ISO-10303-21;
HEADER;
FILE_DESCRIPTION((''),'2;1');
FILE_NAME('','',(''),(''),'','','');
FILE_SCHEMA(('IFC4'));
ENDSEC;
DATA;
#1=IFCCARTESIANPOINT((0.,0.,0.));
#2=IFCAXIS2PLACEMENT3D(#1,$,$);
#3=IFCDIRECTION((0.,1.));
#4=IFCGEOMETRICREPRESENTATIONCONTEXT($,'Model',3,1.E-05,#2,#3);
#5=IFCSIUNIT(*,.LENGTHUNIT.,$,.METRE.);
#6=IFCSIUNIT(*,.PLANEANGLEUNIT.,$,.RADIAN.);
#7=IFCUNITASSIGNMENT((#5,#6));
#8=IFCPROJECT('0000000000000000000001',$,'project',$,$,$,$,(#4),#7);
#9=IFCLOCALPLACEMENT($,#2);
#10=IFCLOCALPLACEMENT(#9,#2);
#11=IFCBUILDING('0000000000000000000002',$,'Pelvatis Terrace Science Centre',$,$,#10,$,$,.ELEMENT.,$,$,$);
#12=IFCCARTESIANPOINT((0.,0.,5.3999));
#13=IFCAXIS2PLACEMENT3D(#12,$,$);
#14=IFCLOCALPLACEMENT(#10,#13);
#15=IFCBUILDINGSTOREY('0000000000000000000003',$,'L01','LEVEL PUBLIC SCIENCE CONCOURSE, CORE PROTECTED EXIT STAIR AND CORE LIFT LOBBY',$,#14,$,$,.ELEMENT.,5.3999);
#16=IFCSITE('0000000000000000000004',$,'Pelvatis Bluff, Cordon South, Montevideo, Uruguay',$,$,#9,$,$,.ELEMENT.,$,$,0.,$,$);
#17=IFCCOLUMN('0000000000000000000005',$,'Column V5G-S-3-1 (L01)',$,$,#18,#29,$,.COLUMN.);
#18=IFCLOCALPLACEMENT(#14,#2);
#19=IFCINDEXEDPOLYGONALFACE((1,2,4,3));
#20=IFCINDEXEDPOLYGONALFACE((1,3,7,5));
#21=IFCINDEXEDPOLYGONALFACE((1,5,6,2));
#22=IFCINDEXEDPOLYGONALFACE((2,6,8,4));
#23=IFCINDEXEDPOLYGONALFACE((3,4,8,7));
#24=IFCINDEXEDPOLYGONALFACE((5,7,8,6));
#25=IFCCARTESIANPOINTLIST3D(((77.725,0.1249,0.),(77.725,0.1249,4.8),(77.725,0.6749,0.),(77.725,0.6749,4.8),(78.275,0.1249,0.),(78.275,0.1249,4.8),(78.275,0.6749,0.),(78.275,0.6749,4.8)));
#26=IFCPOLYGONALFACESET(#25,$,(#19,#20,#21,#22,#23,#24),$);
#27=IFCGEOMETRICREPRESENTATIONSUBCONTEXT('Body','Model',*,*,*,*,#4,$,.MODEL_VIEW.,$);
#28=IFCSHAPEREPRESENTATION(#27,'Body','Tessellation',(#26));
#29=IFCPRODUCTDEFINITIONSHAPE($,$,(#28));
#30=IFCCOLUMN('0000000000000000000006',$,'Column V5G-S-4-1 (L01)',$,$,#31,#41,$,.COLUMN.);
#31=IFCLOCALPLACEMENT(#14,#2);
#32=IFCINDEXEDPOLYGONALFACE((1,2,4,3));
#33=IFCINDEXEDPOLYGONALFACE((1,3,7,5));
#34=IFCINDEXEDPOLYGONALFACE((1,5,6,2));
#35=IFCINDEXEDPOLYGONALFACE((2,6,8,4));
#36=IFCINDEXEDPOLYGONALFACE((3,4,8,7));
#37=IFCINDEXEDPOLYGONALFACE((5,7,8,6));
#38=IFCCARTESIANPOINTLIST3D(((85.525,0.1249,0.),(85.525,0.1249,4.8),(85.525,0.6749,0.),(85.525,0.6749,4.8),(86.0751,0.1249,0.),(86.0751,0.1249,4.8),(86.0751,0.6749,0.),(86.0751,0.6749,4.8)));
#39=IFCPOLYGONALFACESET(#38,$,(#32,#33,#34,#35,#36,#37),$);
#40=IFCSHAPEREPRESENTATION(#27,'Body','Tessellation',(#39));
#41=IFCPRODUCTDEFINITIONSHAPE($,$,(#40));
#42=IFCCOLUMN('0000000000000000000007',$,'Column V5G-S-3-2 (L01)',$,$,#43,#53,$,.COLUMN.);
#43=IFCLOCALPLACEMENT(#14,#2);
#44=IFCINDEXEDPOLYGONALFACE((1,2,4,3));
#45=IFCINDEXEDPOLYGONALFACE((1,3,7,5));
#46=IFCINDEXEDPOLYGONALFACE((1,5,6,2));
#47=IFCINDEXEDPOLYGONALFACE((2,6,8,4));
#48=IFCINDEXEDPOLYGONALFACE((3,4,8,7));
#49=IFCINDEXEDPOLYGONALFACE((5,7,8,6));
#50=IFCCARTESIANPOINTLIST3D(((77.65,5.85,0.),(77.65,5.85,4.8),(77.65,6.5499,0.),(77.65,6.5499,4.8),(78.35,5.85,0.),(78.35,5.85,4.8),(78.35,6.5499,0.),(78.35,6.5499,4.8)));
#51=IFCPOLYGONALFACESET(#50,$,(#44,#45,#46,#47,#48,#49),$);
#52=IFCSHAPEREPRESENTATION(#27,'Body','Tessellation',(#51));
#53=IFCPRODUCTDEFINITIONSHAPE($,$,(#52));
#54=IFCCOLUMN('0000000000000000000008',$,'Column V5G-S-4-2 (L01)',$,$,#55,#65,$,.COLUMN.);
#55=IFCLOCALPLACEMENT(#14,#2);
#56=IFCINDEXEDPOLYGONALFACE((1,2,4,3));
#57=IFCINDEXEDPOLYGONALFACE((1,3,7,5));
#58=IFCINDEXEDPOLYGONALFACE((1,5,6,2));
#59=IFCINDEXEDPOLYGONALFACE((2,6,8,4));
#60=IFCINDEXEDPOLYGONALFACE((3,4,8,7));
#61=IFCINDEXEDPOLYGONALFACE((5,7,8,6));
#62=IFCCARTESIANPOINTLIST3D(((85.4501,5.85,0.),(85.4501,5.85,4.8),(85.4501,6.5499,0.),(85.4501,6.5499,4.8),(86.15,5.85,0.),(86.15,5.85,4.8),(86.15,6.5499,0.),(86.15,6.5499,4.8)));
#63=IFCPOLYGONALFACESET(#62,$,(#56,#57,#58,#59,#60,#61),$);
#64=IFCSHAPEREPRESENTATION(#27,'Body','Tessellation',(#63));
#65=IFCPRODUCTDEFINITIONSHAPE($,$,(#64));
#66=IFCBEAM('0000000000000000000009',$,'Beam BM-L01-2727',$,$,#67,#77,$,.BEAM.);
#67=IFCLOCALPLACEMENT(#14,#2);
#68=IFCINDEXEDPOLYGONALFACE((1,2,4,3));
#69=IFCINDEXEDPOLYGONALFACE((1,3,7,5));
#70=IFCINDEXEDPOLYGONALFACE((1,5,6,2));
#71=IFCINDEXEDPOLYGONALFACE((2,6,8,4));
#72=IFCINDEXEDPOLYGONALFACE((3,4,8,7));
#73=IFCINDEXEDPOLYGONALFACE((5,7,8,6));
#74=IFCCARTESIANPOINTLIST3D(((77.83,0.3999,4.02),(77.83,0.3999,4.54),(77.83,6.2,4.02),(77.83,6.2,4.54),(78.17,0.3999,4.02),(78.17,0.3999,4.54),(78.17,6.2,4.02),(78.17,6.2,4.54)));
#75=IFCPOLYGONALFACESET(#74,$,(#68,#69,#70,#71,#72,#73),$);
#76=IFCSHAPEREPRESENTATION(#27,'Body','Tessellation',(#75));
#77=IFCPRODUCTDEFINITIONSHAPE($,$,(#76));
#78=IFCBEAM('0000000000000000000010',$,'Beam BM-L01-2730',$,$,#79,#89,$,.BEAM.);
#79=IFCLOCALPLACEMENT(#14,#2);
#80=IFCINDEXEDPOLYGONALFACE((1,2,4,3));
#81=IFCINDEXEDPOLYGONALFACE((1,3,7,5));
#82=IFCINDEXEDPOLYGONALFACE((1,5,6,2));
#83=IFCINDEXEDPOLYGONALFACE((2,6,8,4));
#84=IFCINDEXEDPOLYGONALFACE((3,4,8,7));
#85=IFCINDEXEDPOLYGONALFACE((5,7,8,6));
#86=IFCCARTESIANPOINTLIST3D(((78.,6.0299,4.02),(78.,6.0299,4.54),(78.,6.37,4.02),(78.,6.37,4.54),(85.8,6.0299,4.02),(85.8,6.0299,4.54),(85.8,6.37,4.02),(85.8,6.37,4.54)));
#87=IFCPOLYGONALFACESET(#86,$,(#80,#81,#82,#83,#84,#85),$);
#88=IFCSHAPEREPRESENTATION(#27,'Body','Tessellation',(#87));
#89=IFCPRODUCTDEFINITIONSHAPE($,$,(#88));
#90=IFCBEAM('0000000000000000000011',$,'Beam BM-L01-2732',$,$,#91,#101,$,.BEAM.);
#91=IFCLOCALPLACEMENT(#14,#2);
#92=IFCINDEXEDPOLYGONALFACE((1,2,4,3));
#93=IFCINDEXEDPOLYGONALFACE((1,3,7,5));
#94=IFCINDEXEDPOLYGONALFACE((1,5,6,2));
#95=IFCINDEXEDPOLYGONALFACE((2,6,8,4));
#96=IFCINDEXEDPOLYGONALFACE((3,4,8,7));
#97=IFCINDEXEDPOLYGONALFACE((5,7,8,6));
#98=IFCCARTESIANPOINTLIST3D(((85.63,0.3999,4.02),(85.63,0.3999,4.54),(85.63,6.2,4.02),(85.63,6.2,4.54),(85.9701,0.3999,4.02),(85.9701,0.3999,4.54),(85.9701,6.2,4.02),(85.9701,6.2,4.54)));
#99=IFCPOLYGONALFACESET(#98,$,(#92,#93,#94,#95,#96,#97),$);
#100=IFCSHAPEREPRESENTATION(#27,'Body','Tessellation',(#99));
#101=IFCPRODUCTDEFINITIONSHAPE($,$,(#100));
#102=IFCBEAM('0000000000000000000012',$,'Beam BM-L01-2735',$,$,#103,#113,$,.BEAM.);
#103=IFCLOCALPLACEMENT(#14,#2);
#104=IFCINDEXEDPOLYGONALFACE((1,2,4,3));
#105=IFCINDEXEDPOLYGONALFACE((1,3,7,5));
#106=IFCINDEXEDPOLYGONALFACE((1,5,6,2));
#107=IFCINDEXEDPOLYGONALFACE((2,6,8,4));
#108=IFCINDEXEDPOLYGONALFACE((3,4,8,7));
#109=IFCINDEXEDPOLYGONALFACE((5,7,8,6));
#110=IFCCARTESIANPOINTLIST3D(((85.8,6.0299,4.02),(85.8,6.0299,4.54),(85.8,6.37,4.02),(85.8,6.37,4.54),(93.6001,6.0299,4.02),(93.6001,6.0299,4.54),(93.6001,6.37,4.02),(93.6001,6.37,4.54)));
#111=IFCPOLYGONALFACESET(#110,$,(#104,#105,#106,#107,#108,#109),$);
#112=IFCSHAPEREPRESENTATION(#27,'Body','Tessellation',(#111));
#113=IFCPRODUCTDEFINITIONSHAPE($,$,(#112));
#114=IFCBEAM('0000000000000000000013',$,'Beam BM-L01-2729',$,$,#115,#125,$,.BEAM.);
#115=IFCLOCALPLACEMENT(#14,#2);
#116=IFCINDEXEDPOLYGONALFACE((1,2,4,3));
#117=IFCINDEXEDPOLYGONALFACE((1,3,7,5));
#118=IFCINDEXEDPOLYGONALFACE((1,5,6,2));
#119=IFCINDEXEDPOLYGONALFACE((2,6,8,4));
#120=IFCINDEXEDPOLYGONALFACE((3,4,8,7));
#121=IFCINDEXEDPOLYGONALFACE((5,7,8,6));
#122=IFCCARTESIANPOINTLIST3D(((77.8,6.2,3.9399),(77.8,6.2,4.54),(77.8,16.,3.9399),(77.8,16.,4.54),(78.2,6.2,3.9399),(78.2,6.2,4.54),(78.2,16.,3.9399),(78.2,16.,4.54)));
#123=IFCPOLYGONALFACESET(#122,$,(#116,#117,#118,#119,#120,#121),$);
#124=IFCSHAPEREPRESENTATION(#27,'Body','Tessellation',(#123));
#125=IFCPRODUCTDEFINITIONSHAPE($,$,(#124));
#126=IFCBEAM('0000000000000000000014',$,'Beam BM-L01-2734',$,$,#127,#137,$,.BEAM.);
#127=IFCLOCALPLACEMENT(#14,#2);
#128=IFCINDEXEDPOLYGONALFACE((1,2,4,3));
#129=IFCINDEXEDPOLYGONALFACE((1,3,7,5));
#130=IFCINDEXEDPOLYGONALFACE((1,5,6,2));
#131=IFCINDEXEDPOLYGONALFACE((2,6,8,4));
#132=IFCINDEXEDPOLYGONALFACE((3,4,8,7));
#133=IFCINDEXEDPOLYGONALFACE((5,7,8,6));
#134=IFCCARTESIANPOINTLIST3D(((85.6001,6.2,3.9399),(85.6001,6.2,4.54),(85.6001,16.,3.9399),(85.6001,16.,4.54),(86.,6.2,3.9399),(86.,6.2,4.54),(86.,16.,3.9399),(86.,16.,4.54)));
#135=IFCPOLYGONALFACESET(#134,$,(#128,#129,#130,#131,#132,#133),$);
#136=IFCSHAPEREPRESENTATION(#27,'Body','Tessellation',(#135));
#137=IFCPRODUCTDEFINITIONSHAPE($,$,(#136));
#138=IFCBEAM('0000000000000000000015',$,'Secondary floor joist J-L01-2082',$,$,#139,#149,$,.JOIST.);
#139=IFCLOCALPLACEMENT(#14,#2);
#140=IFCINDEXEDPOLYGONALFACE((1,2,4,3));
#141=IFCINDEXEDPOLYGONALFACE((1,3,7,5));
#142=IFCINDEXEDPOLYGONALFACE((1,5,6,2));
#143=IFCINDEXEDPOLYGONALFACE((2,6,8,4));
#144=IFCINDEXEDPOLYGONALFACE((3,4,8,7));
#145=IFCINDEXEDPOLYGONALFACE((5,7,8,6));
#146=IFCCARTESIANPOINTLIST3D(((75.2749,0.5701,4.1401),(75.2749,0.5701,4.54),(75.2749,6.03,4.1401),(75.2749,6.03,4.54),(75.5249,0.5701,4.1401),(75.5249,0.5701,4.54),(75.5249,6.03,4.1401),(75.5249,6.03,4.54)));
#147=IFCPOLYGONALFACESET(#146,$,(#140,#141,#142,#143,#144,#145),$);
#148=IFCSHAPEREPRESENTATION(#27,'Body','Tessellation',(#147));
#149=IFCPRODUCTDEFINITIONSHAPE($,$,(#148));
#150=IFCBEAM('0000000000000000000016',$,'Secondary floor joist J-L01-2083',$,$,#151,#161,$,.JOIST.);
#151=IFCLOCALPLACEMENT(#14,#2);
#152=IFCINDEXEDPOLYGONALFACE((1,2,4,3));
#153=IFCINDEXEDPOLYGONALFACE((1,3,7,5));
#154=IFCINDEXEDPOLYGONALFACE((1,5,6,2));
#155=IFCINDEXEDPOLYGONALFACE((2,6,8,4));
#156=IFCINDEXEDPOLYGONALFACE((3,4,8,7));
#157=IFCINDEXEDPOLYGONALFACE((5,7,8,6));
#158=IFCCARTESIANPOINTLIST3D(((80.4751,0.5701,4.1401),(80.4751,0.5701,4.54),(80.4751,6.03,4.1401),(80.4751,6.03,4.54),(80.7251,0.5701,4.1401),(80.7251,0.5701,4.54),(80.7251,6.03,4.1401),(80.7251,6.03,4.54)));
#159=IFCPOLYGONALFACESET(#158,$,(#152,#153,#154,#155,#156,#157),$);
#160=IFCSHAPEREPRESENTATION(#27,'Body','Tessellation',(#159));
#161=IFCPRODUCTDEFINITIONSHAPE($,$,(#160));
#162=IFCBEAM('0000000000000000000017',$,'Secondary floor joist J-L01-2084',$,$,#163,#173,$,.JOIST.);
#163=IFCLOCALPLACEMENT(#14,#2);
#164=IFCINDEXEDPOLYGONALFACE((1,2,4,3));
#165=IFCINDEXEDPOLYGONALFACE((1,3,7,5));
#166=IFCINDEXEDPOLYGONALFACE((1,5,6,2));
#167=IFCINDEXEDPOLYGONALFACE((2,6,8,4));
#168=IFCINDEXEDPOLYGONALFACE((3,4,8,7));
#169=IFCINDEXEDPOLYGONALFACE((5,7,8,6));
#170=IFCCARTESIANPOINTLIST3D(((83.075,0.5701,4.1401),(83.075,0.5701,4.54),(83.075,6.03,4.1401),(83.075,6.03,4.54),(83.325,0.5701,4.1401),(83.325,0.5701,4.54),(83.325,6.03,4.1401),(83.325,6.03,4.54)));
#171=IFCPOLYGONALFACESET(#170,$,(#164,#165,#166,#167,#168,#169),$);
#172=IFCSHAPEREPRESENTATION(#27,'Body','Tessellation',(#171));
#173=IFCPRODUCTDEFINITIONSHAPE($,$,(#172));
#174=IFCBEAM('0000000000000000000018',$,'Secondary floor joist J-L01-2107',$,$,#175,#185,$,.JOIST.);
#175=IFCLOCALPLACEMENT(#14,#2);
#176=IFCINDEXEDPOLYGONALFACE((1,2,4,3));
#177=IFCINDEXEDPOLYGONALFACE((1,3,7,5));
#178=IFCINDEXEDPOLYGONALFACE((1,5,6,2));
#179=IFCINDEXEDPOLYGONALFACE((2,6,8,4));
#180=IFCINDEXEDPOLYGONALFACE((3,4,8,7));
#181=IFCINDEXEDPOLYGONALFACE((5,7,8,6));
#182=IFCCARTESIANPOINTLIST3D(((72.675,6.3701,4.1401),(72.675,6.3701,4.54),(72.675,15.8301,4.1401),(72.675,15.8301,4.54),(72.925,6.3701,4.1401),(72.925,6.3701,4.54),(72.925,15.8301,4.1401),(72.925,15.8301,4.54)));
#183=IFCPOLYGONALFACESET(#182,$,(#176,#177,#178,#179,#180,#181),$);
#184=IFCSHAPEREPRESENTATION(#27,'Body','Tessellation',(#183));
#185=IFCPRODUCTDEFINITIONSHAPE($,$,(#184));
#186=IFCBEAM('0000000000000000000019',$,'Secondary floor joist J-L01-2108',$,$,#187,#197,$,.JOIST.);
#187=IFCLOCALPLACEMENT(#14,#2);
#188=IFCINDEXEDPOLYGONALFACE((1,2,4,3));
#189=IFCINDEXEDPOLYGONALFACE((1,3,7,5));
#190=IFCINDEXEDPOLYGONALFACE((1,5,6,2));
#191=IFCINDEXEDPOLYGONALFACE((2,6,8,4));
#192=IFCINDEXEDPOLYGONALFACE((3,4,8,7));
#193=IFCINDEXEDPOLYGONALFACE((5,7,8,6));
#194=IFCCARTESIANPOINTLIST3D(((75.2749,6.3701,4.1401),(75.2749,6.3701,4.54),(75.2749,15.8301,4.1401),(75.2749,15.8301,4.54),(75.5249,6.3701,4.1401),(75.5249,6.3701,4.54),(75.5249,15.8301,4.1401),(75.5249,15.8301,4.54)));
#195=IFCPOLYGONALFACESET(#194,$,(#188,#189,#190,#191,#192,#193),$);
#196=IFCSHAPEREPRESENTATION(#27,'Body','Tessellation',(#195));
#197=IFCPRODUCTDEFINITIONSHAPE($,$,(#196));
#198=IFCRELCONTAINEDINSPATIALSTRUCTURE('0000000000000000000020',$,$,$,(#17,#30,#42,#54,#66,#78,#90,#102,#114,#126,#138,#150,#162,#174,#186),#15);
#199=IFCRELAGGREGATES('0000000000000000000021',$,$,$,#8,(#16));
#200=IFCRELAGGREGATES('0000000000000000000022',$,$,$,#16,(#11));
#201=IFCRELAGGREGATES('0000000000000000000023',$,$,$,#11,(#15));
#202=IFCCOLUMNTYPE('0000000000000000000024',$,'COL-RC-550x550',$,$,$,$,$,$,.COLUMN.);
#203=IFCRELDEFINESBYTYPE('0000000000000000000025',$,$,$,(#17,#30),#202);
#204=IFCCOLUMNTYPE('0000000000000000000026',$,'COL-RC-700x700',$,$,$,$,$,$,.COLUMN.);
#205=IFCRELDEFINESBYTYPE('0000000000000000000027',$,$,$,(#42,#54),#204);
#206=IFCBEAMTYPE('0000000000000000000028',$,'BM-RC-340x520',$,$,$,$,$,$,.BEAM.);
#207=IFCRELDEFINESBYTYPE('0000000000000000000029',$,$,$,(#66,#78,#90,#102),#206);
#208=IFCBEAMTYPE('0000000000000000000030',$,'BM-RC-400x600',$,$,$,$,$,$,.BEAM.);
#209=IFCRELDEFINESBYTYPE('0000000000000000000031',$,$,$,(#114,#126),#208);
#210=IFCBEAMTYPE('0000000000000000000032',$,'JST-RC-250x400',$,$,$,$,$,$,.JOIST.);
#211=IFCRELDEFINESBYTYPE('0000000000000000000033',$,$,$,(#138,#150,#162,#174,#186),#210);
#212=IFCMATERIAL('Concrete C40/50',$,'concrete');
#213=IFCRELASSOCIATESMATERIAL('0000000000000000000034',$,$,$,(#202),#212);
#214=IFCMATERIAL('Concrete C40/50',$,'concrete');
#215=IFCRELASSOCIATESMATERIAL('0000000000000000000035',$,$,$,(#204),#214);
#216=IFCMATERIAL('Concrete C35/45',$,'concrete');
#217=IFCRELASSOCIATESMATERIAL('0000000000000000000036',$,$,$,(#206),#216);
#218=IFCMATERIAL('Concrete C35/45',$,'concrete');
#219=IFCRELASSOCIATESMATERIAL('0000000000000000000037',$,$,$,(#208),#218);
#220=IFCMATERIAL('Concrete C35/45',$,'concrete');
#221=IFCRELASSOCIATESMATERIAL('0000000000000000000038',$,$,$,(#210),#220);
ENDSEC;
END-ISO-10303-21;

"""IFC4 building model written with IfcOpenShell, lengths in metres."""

from ifc_helpers import new_model, si_unit, direction, frame, origin, origin_2d, place, context, subcontext, project, spatial, rectangle, extrude, material, material_profile, profile_set, type_object, element, save


model = new_model("IFC4")

# Units and contexts
model_context = context("Model", 3, precision=1e-05, world=origin(), true_north=direction((0.0, 1.0)))
body_context = subcontext(model_context, "Body", "Model", "MODEL_VIEW")
ifc_project = project(units=[si_unit("LENGTHUNIT", "METRE"), si_unit("PLANEANGLEUNIT", "RADIAN")], contexts=[model_context])

# Site, building, storey
site_placement = place(None, origin())
site = spatial("IfcSite", under=ifc_project, at=site_placement, Name="Pelvatis Bluff, Cordon South, Montevideo, Uruguay", CompositionType="ELEMENT", RefElevation=0.0)
building_placement = place(site_placement, origin())
building = spatial("IfcBuilding", under=site, at=building_placement, Name="Pelvatis Terrace Science Centre", CompositionType="ELEMENT")
storey_placement = place(building_placement, frame((0.0, 0.0, 5.3999)))
storey = spatial("IfcBuildingStorey", under=building, at=storey_placement, Name="L01", Description="LEVEL PUBLIC SCIENCE CONCOURSE, CORE PROTECTED EXIT STAIR AND CORE LIFT LOBBY", CompositionType="ELEMENT", Elevation=5.3999)

# Columns
ifc_material_1 = material(Name="Concrete C40/50", Category="concrete")
ifc_material_profile_1 = material_profile(ifc_material_1, rectangle(XDim=0.55, YDim=0.55, at=origin_2d()), Name="RC-COL 550x550")
ifc_profile_set_1 = profile_set([ifc_material_profile_1], Name="Concrete C40/50")
column_type_1 = type_object("IfcColumnType", Name="COL-RC-550x550", PredefinedType="COLUMN", material=ifc_profile_set_1)
for number, where, z_axis, x_axis, name in (
    (1, (78.0, 0.3999, 0.0), (0.0, 0.0, 1.0), (1.0, 0.0, 0.0), "Column V5G-S-3-1 (L01)"),
    (2, (85.8, 0.3999, 0.0), (0.0, 0.0, 1.0), (1.0, 0.0, 0.0), "Column V5G-S-4-1 (L01)"),
):
    element("IfcColumn", number, at=place(storey_placement, frame(where, z_axis=z_axis, x_axis=x_axis)), inside=storey, type_object=column_type_1, Name=name, PredefinedType="COLUMN", context=body_context, shape_type="SweptSolid", body=[
        extrude(rectangle(XDim=0.55, YDim=0.55, at=origin_2d()), origin(), (0.0, 0.0, 1.0), 4.8),
    ])
ifc_material_2 = material(Name="Concrete C40/50", Category="concrete")
ifc_material_profile_2 = material_profile(ifc_material_2, rectangle(XDim=0.7, YDim=0.7, at=origin_2d()), Name="RC-COL 700x700")
ifc_profile_set_2 = profile_set([ifc_material_profile_2], Name="Concrete C40/50")
column_type_2 = type_object("IfcColumnType", Name="COL-RC-700x700", PredefinedType="COLUMN", material=ifc_profile_set_2)
for number, where, z_axis, x_axis, name in (
    (3, (78.0, 6.2, 0.0), (0.0, 0.0, 1.0), (1.0, 0.0, 0.0), "Column V5G-S-3-2 (L01)"),
    (4, (85.8, 6.2, 0.0), (0.0, 0.0, 1.0), (1.0, 0.0, 0.0), "Column V5G-S-4-2 (L01)"),
):
    element("IfcColumn", number, at=place(storey_placement, frame(where, z_axis=z_axis, x_axis=x_axis)), inside=storey, type_object=column_type_2, Name=name, PredefinedType="COLUMN", context=body_context, shape_type="SweptSolid", body=[
        extrude(rectangle(XDim=0.7, YDim=0.7, at=origin_2d()), origin(), (0.0, 0.0, 1.0), 4.8),
    ])

# Beams
ifc_material_3 = material(Name="Concrete C35/45", Category="concrete")
ifc_material_profile_3 = material_profile(ifc_material_3, rectangle(XDim=0.3401, YDim=0.52, at=origin_2d()), Name="RC-BM 340x520")
ifc_profile_set_3 = profile_set([ifc_material_profile_3], Name="Concrete C35/45")
beam_type_1 = type_object("IfcBeamType", Name="BM-RC-340x520", PredefinedType="BEAM", material=ifc_profile_set_3)
beam_1_placement = place(storey_placement, frame((78.0, 0.3999, 4.28), z_axis=(0.0, 1.0, 0.0), x_axis=(-1.0, 0.0, 0.0)))
element("IfcBeam", 5, at=beam_1_placement, inside=storey, type_object=beam_type_1, Name="Beam BM-L01-2727", PredefinedType="BEAM", context=body_context, shape_type="SweptSolid", body=[
    extrude(rectangle(XDim=0.3401, YDim=0.52, at=origin_2d()), origin(), (0.0, 0.0, 1.0), 5.8),
])
beam_2_placement = place(storey_placement, frame((78.0, 6.2, 4.28), z_axis=(1.0, 0.0, 0.0), x_axis=(0.0, 1.0, 0.0)))
element("IfcBeam", 6, at=beam_2_placement, inside=storey, type_object=beam_type_1, Name="Beam BM-L01-2730", PredefinedType="BEAM", context=body_context, shape_type="SweptSolid", body=[
    extrude(rectangle(XDim=0.3401, YDim=0.52, at=origin_2d()), origin(), (0.0, 0.0, 1.0), 7.8),
])
beam_3_placement = place(storey_placement, frame((85.8, 0.3999, 4.28), z_axis=(0.0, 1.0, 0.0), x_axis=(-1.0, 0.0, 0.0)))
element("IfcBeam", 7, at=beam_3_placement, inside=storey, type_object=beam_type_1, Name="Beam BM-L01-2732", PredefinedType="BEAM", context=body_context, shape_type="SweptSolid", body=[
    extrude(rectangle(XDim=0.3401, YDim=0.52, at=origin_2d()), origin(), (0.0, 0.0, 1.0), 5.8),
])
beam_4_placement = place(storey_placement, frame((85.8, 6.2, 4.28), z_axis=(1.0, 0.0, 0.0), x_axis=(0.0, 1.0, 0.0)))
element("IfcBeam", 8, at=beam_4_placement, inside=storey, type_object=beam_type_1, Name="Beam BM-L01-2735", PredefinedType="BEAM", context=body_context, shape_type="SweptSolid", body=[
    extrude(rectangle(XDim=0.3401, YDim=0.52, at=origin_2d()), origin(), (0.0, 0.0, 1.0), 7.8),
])
ifc_material_4 = material(Name="Concrete C35/45", Category="concrete")
ifc_material_profile_4 = material_profile(ifc_material_4, rectangle(XDim=0.3999, YDim=0.6001, at=origin_2d()), Name="RC-BM 400x600")
ifc_profile_set_4 = profile_set([ifc_material_profile_4], Name="Concrete C35/45")
beam_type_2 = type_object("IfcBeamType", Name="BM-RC-400x600", PredefinedType="BEAM", material=ifc_profile_set_4)
for number, where, z_axis, x_axis, name in (
    (9, (78.0, 6.2, 4.24), (0.0, 1.0, 0.0), (-1.0, 0.0, 0.0), "Beam BM-L01-2729"),
    (10, (85.8, 6.2, 4.24), (0.0, 1.0, 0.0), (-1.0, 0.0, 0.0), "Beam BM-L01-2734"),
):
    element("IfcBeam", number, at=place(storey_placement, frame(where, z_axis=z_axis, x_axis=x_axis)), inside=storey, type_object=beam_type_2, Name=name, PredefinedType="BEAM", context=body_context, shape_type="SweptSolid", body=[
        extrude(rectangle(XDim=0.3999, YDim=0.6001, at=origin_2d()), origin(), (0.0, 0.0, 1.0), 9.8),
    ])
ifc_material_5 = material(Name="Concrete C35/45", Category="concrete")
ifc_material_profile_5 = material_profile(ifc_material_5, rectangle(XDim=0.25, YDim=0.3999, at=origin_2d()), Name="RC-JST 250x400")
ifc_profile_set_5 = profile_set([ifc_material_profile_5], Name="Concrete C35/45")
beam_type_3 = type_object("IfcBeamType", Name="JST-RC-250x400", PredefinedType="JOIST", material=ifc_profile_set_5)
for number, where, z_axis, x_axis, name in (
    (11, (75.3999, 0.5701, 4.3401), (0.0, 1.0, 0.0), (-1.0, 0.0, 0.0), "Secondary floor joist J-L01-2082"),
    (12, (80.6001, 0.5701, 4.3401), (0.0, 1.0, 0.0), (-1.0, 0.0, 0.0), "Secondary floor joist J-L01-2083"),
    (13, (83.2, 0.5701, 4.3401), (0.0, 1.0, 0.0), (-1.0, 0.0, 0.0), "Secondary floor joist J-L01-2084"),
):
    element("IfcBeam", number, at=place(storey_placement, frame(where, z_axis=z_axis, x_axis=x_axis)), inside=storey, type_object=beam_type_3, Name=name, PredefinedType="JOIST", context=body_context, shape_type="SweptSolid", body=[
        extrude(rectangle(XDim=0.25, YDim=0.3999, at=origin_2d()), origin(), (0.0, 0.0, 1.0), 5.46),
    ])
for number, where, z_axis, x_axis, name in (
    (14, (72.8, 6.3701, 4.3401), (0.0, 1.0, 0.0), (-1.0, 0.0, 0.0), "Secondary floor joist J-L01-2107"),
    (15, (75.3999, 6.3701, 4.3401), (0.0, 1.0, 0.0), (-1.0, 0.0, 0.0), "Secondary floor joist J-L01-2108"),
):
    element("IfcBeam", number, at=place(storey_placement, frame(where, z_axis=z_axis, x_axis=x_axis)), inside=storey, type_object=beam_type_3, Name=name, PredefinedType="JOIST", context=body_context, shape_type="SweptSolid", body=[
        extrude(rectangle(XDim=0.25, YDim=0.3999, at=origin_2d()), origin(), (0.0, 0.0, 1.0), 9.46),
    ])

save(model, "model.ifc")
